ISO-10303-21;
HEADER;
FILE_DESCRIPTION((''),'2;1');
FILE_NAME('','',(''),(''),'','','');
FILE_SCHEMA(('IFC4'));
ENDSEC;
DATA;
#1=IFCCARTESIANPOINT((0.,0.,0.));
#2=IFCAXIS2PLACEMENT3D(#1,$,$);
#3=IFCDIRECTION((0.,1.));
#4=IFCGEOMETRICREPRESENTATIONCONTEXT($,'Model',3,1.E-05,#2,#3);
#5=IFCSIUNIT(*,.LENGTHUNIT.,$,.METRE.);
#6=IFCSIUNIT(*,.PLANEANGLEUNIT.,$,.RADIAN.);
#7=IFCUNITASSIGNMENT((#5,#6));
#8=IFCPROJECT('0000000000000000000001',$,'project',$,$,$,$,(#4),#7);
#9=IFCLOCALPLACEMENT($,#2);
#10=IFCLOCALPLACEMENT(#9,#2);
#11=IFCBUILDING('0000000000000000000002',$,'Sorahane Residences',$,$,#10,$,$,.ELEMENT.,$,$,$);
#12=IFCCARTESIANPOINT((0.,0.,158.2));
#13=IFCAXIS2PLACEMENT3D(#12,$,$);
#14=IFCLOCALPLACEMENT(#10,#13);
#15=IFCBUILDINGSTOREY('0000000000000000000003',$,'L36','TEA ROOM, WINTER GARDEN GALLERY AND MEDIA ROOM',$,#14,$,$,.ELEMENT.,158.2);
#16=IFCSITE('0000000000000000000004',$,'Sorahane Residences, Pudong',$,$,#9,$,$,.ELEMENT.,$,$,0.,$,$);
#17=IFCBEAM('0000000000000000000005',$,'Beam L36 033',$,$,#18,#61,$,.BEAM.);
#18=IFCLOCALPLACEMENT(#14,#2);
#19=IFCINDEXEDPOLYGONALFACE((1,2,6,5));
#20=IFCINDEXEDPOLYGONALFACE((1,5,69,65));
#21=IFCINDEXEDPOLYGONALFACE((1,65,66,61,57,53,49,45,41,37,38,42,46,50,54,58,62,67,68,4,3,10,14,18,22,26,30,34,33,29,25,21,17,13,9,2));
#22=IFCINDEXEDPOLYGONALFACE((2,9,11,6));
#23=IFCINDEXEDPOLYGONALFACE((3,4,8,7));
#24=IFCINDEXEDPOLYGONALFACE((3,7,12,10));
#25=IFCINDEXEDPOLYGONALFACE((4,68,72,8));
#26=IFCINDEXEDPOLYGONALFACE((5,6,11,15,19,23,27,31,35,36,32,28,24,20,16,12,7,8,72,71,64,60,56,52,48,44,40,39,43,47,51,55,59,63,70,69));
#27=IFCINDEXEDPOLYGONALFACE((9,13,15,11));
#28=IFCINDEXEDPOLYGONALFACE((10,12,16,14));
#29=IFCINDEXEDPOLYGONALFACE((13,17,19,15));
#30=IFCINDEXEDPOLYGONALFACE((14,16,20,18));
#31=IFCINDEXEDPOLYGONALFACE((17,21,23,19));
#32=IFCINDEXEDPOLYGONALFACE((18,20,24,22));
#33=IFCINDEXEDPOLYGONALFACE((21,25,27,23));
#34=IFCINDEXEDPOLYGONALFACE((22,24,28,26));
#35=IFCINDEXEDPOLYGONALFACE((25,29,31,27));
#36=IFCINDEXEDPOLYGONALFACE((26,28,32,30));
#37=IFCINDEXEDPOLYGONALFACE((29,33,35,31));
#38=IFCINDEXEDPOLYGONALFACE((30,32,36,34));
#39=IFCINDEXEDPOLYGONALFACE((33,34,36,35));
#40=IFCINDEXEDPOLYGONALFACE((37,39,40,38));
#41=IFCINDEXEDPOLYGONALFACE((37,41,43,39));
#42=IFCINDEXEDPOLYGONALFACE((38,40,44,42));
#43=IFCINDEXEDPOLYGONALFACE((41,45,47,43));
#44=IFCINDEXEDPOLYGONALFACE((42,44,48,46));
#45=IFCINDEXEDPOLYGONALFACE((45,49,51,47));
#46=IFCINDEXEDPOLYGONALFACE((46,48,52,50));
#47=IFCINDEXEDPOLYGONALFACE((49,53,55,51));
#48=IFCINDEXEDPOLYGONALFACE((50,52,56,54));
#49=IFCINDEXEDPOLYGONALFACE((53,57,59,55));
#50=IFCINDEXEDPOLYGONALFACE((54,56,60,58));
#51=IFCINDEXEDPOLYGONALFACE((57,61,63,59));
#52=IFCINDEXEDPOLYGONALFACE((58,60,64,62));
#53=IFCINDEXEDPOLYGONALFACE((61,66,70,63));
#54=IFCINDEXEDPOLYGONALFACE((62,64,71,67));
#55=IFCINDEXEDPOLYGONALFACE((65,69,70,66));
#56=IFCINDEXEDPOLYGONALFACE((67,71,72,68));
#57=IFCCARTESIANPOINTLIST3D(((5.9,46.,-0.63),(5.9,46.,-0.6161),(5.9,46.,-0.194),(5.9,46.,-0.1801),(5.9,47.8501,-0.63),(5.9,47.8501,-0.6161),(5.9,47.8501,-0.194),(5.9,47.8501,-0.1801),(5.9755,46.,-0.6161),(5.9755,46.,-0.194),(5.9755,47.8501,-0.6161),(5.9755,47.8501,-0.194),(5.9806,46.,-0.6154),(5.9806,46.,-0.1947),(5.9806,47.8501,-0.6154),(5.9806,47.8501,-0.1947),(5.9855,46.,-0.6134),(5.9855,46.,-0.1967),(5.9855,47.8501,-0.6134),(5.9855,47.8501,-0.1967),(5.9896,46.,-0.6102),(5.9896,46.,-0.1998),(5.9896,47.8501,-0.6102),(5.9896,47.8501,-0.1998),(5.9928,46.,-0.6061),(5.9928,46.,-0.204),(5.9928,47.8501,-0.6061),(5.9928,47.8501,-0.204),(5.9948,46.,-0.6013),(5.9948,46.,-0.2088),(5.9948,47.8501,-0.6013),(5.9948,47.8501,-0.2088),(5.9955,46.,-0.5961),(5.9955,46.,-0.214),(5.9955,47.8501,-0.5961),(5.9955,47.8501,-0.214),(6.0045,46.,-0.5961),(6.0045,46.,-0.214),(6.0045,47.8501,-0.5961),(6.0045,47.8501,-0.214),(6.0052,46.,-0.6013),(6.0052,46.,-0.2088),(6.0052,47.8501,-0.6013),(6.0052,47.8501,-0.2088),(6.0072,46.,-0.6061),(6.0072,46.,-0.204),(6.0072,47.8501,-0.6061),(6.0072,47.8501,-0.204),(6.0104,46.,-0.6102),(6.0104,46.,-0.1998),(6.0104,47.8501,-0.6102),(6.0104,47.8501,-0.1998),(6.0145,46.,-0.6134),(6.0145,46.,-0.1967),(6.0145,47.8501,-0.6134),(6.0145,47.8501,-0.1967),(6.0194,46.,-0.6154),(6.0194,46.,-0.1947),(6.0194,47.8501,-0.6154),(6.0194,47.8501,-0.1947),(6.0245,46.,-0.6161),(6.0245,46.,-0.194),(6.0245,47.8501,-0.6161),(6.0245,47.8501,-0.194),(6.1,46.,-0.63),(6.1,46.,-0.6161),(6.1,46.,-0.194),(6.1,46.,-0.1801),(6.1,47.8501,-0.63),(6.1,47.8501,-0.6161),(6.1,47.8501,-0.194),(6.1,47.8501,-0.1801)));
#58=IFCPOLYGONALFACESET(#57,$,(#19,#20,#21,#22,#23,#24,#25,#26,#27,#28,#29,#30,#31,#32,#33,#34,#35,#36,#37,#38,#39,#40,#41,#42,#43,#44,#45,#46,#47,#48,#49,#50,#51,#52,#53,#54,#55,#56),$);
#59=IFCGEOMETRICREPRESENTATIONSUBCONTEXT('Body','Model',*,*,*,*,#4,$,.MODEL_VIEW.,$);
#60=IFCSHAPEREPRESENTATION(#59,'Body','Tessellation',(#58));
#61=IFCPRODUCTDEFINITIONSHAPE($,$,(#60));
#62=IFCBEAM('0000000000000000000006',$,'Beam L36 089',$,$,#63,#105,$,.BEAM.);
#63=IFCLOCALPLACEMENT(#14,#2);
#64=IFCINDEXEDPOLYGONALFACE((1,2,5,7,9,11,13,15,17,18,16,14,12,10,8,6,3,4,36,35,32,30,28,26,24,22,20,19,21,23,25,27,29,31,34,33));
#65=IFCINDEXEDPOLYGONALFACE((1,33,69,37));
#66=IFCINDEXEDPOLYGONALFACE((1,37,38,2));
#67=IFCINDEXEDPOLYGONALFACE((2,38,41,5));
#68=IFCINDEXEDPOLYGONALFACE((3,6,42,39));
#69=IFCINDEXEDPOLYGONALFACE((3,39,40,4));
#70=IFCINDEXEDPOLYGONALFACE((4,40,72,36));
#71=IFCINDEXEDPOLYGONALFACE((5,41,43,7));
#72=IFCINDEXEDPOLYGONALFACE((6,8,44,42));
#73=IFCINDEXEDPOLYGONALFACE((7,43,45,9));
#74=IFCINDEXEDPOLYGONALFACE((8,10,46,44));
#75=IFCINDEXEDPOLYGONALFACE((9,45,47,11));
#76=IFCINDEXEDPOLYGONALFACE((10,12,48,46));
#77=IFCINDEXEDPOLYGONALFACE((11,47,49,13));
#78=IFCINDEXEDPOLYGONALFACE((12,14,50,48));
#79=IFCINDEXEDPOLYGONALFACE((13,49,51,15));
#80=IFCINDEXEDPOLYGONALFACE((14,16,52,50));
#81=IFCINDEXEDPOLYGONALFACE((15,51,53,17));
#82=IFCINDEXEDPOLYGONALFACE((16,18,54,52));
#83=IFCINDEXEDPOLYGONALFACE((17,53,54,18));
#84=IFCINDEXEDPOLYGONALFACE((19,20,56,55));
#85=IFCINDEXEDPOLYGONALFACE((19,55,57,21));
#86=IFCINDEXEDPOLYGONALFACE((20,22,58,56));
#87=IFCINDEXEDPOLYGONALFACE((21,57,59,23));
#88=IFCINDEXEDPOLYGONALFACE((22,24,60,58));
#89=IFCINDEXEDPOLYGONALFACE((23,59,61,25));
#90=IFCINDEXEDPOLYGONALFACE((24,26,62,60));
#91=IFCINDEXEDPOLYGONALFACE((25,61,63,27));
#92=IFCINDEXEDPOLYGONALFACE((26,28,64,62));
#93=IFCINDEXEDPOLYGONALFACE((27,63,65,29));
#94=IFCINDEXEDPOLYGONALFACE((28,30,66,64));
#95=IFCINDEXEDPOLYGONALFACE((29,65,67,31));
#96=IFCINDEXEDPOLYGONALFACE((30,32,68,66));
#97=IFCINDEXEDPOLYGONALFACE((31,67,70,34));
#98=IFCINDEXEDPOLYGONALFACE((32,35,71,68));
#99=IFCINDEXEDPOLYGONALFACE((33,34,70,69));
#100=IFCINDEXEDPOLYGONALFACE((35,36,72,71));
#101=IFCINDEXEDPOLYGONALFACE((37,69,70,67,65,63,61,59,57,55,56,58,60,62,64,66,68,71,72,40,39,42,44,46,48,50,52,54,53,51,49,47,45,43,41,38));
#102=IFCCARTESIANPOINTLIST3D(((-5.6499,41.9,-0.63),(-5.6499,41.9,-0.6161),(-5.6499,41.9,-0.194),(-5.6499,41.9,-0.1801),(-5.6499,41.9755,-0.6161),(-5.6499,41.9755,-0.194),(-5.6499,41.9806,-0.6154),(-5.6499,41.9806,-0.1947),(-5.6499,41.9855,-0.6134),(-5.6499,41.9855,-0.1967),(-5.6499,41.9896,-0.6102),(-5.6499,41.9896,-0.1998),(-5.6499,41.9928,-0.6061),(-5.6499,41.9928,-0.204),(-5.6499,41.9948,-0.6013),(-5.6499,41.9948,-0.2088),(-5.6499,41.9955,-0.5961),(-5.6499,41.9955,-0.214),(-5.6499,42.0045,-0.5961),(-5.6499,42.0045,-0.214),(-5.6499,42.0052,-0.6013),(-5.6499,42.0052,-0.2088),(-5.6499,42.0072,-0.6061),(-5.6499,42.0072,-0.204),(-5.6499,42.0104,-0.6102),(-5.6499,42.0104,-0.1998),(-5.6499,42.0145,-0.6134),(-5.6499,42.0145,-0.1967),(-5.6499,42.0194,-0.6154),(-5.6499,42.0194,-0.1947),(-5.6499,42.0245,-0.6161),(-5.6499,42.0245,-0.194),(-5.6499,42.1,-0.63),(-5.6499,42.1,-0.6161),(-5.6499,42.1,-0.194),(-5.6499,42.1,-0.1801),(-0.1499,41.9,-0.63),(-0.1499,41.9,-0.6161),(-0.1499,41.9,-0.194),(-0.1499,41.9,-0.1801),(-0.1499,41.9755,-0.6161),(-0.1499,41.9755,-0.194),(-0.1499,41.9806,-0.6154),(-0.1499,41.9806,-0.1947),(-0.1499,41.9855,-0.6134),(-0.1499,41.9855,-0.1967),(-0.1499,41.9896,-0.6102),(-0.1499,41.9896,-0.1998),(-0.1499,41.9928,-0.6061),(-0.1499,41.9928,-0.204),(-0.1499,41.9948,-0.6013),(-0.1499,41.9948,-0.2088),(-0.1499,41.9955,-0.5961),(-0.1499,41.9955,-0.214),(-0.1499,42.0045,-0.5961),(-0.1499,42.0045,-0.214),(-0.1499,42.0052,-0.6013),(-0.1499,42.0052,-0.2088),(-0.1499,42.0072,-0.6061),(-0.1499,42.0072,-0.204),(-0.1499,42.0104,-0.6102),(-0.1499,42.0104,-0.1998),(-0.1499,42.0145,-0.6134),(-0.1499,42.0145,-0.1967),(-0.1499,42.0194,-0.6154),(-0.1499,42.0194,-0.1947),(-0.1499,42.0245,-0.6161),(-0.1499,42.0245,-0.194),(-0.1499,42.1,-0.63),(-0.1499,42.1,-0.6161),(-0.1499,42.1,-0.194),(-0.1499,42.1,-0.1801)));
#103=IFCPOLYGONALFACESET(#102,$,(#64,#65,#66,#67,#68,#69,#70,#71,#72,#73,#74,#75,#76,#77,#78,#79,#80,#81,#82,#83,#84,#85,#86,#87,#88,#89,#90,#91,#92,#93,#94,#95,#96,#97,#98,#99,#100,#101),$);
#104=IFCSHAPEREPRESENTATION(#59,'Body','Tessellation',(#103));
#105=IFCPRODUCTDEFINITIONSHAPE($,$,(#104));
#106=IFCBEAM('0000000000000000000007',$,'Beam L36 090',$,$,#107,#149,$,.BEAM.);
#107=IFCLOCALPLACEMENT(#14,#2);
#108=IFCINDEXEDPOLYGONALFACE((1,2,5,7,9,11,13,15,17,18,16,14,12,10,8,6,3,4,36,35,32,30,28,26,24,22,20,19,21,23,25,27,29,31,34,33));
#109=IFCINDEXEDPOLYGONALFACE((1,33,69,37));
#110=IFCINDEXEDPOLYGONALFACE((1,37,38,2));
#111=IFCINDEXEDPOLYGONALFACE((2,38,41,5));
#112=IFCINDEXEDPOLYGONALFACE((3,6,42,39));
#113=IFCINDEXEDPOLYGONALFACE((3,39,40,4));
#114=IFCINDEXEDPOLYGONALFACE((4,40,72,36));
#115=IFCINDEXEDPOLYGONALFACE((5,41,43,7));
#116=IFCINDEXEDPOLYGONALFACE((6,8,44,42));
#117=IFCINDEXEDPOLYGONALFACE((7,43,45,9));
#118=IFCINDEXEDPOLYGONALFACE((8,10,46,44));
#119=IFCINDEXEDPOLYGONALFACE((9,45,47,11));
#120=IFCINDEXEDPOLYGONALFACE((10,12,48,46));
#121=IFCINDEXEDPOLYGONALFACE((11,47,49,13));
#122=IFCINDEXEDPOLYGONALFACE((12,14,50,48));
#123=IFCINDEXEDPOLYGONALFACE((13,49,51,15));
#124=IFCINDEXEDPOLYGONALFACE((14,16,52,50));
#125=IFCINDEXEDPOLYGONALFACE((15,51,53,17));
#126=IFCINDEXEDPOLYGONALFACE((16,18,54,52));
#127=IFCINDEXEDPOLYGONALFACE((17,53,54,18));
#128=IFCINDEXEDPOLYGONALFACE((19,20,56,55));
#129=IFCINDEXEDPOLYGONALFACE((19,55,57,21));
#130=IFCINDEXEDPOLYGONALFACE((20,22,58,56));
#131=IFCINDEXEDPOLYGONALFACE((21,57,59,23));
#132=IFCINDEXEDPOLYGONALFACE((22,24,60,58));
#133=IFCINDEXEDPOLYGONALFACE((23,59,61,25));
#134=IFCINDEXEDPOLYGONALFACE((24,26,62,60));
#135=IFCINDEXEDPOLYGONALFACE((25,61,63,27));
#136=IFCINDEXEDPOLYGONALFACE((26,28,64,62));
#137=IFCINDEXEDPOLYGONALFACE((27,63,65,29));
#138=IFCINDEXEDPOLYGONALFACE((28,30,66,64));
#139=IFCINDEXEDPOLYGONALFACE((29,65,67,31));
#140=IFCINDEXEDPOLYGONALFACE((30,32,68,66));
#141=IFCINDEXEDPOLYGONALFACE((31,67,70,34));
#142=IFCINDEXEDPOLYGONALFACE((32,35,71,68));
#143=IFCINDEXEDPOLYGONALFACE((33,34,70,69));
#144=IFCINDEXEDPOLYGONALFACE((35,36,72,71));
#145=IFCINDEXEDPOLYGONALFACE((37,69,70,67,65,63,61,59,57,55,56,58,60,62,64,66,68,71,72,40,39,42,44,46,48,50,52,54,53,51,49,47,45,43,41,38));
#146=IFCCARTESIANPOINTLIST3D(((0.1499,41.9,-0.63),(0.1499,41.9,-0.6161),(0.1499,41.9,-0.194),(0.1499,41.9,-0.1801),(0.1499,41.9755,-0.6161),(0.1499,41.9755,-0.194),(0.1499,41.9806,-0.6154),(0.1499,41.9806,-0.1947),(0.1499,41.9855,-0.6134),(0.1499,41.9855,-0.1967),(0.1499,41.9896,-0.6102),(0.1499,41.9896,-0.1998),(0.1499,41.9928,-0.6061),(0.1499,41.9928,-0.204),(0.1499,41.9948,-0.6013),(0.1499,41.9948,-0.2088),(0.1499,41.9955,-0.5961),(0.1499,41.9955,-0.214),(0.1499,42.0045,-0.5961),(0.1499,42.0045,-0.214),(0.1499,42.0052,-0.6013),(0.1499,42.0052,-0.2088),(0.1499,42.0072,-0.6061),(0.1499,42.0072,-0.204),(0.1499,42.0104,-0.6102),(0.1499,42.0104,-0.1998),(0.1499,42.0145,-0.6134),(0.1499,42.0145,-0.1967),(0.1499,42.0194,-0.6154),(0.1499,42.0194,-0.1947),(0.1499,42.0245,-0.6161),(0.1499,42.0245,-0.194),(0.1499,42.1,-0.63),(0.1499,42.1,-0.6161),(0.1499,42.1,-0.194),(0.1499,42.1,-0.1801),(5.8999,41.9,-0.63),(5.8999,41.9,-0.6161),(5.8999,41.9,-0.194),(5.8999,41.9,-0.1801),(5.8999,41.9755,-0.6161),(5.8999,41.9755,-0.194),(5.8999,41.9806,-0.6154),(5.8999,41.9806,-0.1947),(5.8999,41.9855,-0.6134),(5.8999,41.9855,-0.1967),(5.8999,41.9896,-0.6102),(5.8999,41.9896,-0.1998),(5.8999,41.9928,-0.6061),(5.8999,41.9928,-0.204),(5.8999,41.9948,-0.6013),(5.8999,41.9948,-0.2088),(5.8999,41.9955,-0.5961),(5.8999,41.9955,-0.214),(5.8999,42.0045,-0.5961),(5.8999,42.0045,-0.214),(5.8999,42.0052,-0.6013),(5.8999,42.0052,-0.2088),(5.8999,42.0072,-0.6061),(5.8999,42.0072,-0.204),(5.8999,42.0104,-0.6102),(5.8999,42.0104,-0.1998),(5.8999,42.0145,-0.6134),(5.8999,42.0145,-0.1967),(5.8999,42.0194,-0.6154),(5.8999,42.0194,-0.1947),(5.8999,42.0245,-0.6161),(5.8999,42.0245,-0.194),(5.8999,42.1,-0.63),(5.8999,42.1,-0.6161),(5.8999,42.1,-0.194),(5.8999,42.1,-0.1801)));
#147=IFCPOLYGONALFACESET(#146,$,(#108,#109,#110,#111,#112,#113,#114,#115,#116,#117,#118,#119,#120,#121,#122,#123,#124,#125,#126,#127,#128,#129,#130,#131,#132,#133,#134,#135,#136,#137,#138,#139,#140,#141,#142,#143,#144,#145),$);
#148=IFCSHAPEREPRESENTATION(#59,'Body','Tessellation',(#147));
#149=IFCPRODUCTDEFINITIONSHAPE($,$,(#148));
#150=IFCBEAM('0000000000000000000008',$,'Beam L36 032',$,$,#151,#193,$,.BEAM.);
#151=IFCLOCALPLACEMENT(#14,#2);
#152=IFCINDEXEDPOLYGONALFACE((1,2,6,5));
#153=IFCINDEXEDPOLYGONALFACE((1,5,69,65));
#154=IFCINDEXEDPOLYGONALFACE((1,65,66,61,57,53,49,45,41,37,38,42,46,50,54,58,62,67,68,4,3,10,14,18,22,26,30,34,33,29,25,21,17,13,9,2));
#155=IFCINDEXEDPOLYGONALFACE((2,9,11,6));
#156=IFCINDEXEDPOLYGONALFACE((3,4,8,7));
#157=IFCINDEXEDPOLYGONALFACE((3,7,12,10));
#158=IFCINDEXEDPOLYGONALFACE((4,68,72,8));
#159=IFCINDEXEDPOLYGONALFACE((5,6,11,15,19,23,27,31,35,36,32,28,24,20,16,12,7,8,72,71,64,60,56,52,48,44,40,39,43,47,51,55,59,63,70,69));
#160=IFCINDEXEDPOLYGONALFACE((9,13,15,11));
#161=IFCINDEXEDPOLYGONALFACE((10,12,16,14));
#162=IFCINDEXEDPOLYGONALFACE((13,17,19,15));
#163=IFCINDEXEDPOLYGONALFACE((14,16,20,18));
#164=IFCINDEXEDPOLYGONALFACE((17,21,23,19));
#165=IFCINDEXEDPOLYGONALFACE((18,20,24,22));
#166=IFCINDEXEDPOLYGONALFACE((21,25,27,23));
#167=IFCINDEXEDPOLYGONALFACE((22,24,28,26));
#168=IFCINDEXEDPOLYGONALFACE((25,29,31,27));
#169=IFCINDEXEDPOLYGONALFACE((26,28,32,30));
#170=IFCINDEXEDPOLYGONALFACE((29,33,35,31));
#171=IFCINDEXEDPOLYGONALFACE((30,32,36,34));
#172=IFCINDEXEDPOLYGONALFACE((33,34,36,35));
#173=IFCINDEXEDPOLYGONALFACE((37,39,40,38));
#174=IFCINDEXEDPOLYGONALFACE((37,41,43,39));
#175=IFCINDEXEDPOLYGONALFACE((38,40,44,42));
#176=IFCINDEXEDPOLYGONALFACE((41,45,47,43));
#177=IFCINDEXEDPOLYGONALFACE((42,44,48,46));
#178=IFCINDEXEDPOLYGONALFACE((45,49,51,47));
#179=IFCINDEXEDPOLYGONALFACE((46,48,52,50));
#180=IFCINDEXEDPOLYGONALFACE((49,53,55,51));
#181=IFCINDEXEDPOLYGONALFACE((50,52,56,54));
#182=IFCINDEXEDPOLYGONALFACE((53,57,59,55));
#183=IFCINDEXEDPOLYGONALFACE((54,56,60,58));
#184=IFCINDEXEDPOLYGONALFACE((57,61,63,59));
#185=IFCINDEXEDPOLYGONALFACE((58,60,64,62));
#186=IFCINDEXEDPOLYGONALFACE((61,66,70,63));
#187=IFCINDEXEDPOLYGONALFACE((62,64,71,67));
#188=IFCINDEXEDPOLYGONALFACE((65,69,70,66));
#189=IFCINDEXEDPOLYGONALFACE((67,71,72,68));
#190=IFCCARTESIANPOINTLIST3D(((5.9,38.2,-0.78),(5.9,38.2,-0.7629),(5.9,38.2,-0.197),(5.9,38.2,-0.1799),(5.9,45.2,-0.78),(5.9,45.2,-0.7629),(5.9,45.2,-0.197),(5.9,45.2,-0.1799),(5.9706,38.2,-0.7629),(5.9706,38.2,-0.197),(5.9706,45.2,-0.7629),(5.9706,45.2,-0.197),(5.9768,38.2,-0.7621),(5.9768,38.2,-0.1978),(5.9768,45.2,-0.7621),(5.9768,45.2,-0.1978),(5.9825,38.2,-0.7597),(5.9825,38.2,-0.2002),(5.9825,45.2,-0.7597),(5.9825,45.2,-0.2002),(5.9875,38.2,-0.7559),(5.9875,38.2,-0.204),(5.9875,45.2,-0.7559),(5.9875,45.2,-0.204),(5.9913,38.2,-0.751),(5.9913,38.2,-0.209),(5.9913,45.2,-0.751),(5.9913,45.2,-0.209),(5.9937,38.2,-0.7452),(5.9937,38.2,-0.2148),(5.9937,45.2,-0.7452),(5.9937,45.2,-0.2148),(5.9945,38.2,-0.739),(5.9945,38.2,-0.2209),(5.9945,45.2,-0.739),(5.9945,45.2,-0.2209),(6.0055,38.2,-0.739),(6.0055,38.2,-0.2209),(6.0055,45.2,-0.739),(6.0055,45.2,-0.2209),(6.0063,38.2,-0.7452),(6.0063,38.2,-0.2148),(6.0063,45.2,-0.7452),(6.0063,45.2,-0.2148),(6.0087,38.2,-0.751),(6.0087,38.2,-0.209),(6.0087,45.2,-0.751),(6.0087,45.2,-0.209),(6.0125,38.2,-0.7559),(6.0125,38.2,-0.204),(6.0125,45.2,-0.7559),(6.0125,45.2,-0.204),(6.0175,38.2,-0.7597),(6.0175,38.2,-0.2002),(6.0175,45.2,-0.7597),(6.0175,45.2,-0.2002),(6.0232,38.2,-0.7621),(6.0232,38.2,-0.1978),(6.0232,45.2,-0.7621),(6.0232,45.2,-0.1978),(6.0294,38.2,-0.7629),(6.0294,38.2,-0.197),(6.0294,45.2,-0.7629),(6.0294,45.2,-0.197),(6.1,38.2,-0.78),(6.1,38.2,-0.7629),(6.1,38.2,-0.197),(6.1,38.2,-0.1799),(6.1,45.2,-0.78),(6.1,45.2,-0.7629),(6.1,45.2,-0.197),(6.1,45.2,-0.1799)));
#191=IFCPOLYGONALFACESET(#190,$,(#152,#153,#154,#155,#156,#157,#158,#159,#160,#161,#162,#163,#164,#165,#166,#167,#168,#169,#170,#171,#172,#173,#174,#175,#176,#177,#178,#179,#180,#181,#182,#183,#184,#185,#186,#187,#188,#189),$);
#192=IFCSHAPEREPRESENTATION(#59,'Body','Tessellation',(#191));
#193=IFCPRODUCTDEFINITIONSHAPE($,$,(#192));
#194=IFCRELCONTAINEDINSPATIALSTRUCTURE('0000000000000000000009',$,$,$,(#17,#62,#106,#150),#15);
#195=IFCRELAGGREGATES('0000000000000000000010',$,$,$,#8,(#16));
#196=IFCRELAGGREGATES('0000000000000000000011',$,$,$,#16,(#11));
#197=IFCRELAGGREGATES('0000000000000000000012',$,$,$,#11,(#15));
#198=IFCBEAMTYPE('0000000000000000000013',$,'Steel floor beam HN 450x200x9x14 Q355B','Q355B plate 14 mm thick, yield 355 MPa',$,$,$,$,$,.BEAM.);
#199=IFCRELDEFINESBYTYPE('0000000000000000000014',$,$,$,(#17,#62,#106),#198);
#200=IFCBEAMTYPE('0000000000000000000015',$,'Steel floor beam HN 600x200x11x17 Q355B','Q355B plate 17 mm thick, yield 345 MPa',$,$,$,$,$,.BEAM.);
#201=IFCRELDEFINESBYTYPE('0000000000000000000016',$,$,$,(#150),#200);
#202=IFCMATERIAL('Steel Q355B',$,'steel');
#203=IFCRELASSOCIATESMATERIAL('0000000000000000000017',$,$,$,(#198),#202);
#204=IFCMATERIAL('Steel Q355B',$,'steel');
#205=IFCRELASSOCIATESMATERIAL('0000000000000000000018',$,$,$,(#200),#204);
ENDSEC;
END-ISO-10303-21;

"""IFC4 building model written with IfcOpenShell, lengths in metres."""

from ifc_helpers import new_model, si_unit, direction, frame, origin, origin_2d, place, context, subcontext, project, spatial, i_section, extrude, material, material_profile, profile_set, type_object, element, save


model = new_model("IFC4")

# Units and contexts
model_context = context("Model", 3, precision=1e-05, world=origin(), true_north=direction((0.0, 1.0)))
body_context = subcontext(model_context, "Body", "Model", "MODEL_VIEW")
ifc_project = project(units=[si_unit("LENGTHUNIT", "METRE"), si_unit("PLANEANGLEUNIT", "RADIAN")], contexts=[model_context])

# Site, building, storey
site_placement = place(None, origin())
site = spatial("IfcSite", under=ifc_project, at=site_placement, Name="Sorahane Residences, Pudong", CompositionType="ELEMENT", RefElevation=0.0)
building_placement = place(site_placement, origin())
building = spatial("IfcBuilding", under=site, at=building_placement, Name="Sorahane Residences", CompositionType="ELEMENT")
storey_placement = place(building_placement, frame((0.0, 0.0, 158.2)))
storey = spatial("IfcBuildingStorey", under=building, at=storey_placement, Name="L36", Description="TEA ROOM, WINTER GARDEN GALLERY AND MEDIA ROOM", CompositionType="ELEMENT", Elevation=158.2)

# Beams
ifc_material_1 = material(Name="Steel Q355B", Category="steel")
ifc_material_profile_1 = material_profile(ifc_material_1, i_section(OverallWidth=0.2, OverallDepth=0.45, WebThickness=0.009, FlangeThickness=0.0139, FilletRadius=0.02, at=origin_2d()), Name="HN 450x200x9x14")
ifc_profile_set_1 = profile_set([ifc_material_profile_1], Name="Steel Q355B")
beam_type_1 = type_object("IfcBeamType", Name="Steel floor beam HN 450x200x9x14 Q355B", Description="Q355B plate 14 mm thick, yield 355 MPa", PredefinedType="BEAM", material=ifc_profile_set_1)
beam_1_placement = place(storey_placement, frame((6.0, 46.0, -0.405), z_axis=(0.0, 1.0, 0.0), x_axis=(-1.0, 0.0, 0.0)))
element("IfcBeam", 1, at=beam_1_placement, inside=storey, type_object=beam_type_1, Name="Beam L36 033", PredefinedType="BEAM", context=body_context, shape_type="SweptSolid", body=[
    extrude(i_section(OverallWidth=0.2, OverallDepth=0.45, WebThickness=0.009, FlangeThickness=0.0139, FilletRadius=0.02, at=origin_2d()), origin(), (0.0, 0.0, 1.0), 1.8501),
])
beam_2_placement = place(storey_placement, frame((-5.6499, 42.0, -0.405), z_axis=(1.0, 0.0, 0.0), x_axis=(0.0, 1.0, 0.0)))
element("IfcBeam", 2, at=beam_2_placement, inside=storey, type_object=beam_type_1, Name="Beam L36 089", PredefinedType="BEAM", context=body_context, shape_type="SweptSolid", body=[
    extrude(i_section(OverallWidth=0.2, OverallDepth=0.45, WebThickness=0.009, FlangeThickness=0.0139, FilletRadius=0.02, at=origin_2d()), origin(), (0.0, 0.0, 1.0), 5.5),
])
beam_3_placement = place(storey_placement, frame((0.1499, 42.0, -0.405), z_axis=(1.0, 0.0, 0.0), x_axis=(0.0, 1.0, 0.0)))
element("IfcBeam", 3, at=beam_3_placement, inside=storey, type_object=beam_type_1, Name="Beam L36 090", PredefinedType="BEAM", context=body_context, shape_type="SweptSolid", body=[
    extrude(i_section(OverallWidth=0.2, OverallDepth=0.45, WebThickness=0.009, FlangeThickness=0.0139, FilletRadius=0.02, at=origin_2d()), origin(), (0.0, 0.0, 1.0), 5.75),
])
ifc_material_2 = material(Name="Steel Q355B", Category="steel")
ifc_material_profile_2 = material_profile(ifc_material_2, i_section(OverallWidth=0.2, OverallDepth=0.6001, WebThickness=0.011, FlangeThickness=0.0171, FilletRadius=0.0239, at=origin_2d()), Name="HN 600x200x11x17")
ifc_profile_set_2 = profile_set([ifc_material_profile_2], Name="Steel Q355B")
beam_type_2 = type_object("IfcBeamType", Name="Steel floor beam HN 600x200x11x17 Q355B", Description="Q355B plate 17 mm thick, yield 345 MPa", PredefinedType="BEAM", material=ifc_profile_set_2)
beam_4_placement = place(storey_placement, frame((6.0, 38.2, -0.48), z_axis=(0.0, 1.0, 0.0), x_axis=(-1.0, 0.0, 0.0)))
element("IfcBeam", 4, at=beam_4_placement, inside=storey, type_object=beam_type_2, Name="Beam L36 032", PredefinedType="BEAM", context=body_context, shape_type="SweptSolid", body=[
    extrude(i_section(OverallWidth=0.2, OverallDepth=0.6001, WebThickness=0.011, FlangeThickness=0.0171, FilletRadius=0.0239, at=origin_2d()), origin(), (0.0, 0.0, 1.0), 7.0),
])

save(model, "model.ifc")
